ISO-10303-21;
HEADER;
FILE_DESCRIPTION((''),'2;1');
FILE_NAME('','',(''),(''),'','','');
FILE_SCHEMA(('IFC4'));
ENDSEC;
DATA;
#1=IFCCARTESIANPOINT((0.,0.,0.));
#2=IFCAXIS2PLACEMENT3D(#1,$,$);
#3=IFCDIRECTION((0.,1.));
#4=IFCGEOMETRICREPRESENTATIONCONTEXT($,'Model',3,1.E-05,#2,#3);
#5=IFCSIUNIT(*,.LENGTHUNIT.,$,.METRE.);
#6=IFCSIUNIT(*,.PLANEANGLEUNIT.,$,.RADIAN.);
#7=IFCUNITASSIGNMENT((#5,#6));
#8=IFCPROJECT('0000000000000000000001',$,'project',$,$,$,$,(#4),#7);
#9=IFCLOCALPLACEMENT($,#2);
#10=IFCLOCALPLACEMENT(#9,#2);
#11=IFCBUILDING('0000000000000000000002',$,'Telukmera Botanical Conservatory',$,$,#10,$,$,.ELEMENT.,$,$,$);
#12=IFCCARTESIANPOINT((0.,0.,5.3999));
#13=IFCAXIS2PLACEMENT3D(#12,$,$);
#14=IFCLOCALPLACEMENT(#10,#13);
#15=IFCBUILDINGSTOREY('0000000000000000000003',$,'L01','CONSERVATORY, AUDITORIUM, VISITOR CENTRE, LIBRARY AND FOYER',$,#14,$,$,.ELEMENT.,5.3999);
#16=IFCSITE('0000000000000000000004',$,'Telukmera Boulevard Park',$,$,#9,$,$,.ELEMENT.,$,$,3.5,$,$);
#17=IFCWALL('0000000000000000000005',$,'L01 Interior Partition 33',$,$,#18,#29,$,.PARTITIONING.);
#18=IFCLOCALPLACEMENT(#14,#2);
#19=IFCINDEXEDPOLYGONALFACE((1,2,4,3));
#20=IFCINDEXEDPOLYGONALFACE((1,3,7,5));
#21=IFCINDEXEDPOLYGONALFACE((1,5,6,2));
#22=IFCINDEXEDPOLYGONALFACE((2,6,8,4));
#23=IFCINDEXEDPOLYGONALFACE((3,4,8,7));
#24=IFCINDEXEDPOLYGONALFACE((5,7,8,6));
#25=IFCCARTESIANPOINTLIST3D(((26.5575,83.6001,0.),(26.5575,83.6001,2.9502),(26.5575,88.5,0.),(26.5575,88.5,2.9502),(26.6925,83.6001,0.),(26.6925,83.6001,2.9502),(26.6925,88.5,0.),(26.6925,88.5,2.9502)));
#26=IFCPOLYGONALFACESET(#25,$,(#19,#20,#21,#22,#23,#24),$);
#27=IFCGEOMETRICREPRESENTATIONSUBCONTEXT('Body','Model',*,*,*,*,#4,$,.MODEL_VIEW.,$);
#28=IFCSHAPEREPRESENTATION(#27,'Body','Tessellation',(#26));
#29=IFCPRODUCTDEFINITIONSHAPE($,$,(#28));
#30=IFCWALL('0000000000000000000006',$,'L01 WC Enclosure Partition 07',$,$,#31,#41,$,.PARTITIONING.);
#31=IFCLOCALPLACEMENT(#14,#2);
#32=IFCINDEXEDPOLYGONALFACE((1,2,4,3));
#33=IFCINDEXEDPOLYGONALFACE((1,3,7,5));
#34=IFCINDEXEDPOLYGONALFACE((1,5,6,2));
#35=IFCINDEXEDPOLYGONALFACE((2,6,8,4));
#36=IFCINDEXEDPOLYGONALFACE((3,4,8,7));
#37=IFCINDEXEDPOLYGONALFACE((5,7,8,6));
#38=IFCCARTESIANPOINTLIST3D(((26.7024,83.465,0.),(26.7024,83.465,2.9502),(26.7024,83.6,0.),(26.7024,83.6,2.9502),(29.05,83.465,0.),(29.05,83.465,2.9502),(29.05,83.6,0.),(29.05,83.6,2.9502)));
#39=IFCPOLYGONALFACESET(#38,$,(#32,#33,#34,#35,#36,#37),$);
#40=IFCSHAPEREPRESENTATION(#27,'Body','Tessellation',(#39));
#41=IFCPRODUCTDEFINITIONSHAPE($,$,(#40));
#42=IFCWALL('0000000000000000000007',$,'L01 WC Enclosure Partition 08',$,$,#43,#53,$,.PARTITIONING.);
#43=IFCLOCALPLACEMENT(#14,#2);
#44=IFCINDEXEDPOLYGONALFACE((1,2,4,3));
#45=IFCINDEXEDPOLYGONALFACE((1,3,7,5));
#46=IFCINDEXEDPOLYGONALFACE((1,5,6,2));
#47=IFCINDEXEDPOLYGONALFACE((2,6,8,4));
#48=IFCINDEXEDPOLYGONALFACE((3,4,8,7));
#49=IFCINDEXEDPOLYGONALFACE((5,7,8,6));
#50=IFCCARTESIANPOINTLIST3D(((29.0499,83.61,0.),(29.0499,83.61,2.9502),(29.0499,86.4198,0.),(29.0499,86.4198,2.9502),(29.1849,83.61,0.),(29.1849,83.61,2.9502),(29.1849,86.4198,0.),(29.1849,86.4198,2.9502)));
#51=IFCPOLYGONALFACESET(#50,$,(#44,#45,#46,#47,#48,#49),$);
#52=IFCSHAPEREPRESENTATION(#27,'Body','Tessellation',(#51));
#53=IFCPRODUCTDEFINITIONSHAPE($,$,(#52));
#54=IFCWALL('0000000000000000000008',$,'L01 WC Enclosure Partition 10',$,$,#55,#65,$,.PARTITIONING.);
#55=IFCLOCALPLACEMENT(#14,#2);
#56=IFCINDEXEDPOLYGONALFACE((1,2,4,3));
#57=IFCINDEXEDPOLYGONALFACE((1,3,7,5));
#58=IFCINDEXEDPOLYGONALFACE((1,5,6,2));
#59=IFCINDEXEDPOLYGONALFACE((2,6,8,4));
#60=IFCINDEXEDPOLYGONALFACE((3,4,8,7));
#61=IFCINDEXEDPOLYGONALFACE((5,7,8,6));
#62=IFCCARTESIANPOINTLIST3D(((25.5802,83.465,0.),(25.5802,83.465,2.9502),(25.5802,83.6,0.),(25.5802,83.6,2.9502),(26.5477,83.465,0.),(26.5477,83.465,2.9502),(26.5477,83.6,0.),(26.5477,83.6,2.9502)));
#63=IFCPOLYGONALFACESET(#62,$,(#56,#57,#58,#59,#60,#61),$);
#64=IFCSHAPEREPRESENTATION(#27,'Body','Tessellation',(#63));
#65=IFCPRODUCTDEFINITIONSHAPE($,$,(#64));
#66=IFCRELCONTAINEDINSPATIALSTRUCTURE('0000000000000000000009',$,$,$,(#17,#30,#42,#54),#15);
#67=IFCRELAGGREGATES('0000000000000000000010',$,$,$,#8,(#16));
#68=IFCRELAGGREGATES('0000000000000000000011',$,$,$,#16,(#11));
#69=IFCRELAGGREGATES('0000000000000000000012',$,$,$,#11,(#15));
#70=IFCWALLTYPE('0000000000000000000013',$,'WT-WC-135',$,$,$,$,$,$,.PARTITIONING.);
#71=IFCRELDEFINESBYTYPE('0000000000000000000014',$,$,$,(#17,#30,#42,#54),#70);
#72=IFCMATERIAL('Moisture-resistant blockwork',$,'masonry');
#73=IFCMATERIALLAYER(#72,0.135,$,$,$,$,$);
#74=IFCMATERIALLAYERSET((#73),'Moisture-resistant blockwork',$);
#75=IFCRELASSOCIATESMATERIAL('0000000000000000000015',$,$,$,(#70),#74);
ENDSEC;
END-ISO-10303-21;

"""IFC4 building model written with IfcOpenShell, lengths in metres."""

from ifc_helpers import new_model, si_unit, direction, frame, frame_2d, origin, place, context, subcontext, project, spatial, rectangle, extrude, material, layer, layer_set, type_object, element, save


model = new_model("IFC4")

# Units and contexts
model_context = context("Model", 3, precision=1e-05, world=origin(), true_north=direction((0.0, 1.0)))
body_context = subcontext(model_context, "Body", "Model", "MODEL_VIEW")
ifc_project = project(units=[si_unit("LENGTHUNIT", "METRE"), si_unit("PLANEANGLEUNIT", "RADIAN")], contexts=[model_context])

# Site, building, storey
site_placement = place(None, origin())
site = spatial("IfcSite", under=ifc_project, at=site_placement, Name="Telukmera Boulevard Park", CompositionType="ELEMENT", RefElevation=3.5)
building_placement = place(site_placement, origin())
building = spatial("IfcBuilding", under=site, at=building_placement, Name="Telukmera Botanical Conservatory", CompositionType="ELEMENT")
storey_placement = place(building_placement, frame((0.0, 0.0, 5.3999)))
storey = spatial("IfcBuildingStorey", under=building, at=storey_placement, Name="L01", Description="CONSERVATORY, AUDITORIUM, VISITOR CENTRE, LIBRARY AND FOYER", CompositionType="ELEMENT", Elevation=5.3999)

# Shared definitions
ifc_material_1 = material(Name="Moisture-resistant blockwork", Category="masonry")
ifc_layer_1 = layer(ifc_material_1, 0.135)
ifc_layer_set_1 = layer_set([ifc_layer_1], Name="Moisture-resistant blockwork")
wall_type_1 = type_object("IfcWallType", Name="WT-WC-135", PredefinedType="PARTITIONING", material=ifc_layer_set_1)

# Walls
wall_1_placement = place(storey_placement, frame((26.625, 83.6001, 0.0), z_axis=(0.0, 0.0, 1.0), x_axis=(0.0, 1.0, 0.0)))
element("IfcWall", 1, at=wall_1_placement, inside=storey, type_object=wall_type_1, Name="L01 Interior Partition 33", PredefinedType="PARTITIONING", context=body_context, shape_type="SweptSolid", body=[
    extrude(rectangle(XDim=4.8999, YDim=0.135, at=frame_2d((2.45, 0.0))), origin(), (0.0, 0.0, 1.0), 2.9502),
])
wall_2_placement = place(storey_placement, frame((26.7024, 83.5325, 0.0), z_axis=(0.0, 0.0, 1.0), x_axis=(1.0, 0.0, 0.0)))
element("IfcWall", 2, at=wall_2_placement, inside=storey, type_object=wall_type_1, Name="L01 WC Enclosure Partition 07", PredefinedType="PARTITIONING", context=body_context, shape_type="SweptSolid", body=[
    extrude(rectangle(XDim=2.3477, YDim=0.135, at=frame_2d((1.1738, 0.0))), origin(), (0.0, 0.0, 1.0), 2.9502),
])
wall_3_placement = place(storey_placement, frame((29.1174, 83.6101, 0.0), z_axis=(0.0, 0.0, 1.0), x_axis=(0.0, 1.0, 0.0)))
element("IfcWall", 3, at=wall_3_placement, inside=storey, type_object=wall_type_1, Name="L01 WC Enclosure Partition 08", PredefinedType="PARTITIONING", context=body_context, shape_type="SweptSolid", body=[
    extrude(rectangle(XDim=2.8098, YDim=0.135, at=frame_2d((1.4048, 0.0))), origin(), (0.0, 0.0, 1.0), 2.9502),
])
wall_4_placement = place(storey_placement, frame((25.5801, 83.5325, 0.0), z_axis=(0.0, 0.0, 1.0), x_axis=(1.0, 0.0, 0.0)))
element("IfcWall", 4, at=wall_4_placement, inside=storey, type_object=wall_type_1, Name="L01 WC Enclosure Partition 10", PredefinedType="PARTITIONING", context=body_context, shape_type="SweptSolid", body=[
    extrude(rectangle(XDim=0.9675, YDim=0.135, at=frame_2d((0.4839, 0.0))), origin(), (0.0, 0.0, 1.0), 2.9502),
])

save(model, "model.ifc")
